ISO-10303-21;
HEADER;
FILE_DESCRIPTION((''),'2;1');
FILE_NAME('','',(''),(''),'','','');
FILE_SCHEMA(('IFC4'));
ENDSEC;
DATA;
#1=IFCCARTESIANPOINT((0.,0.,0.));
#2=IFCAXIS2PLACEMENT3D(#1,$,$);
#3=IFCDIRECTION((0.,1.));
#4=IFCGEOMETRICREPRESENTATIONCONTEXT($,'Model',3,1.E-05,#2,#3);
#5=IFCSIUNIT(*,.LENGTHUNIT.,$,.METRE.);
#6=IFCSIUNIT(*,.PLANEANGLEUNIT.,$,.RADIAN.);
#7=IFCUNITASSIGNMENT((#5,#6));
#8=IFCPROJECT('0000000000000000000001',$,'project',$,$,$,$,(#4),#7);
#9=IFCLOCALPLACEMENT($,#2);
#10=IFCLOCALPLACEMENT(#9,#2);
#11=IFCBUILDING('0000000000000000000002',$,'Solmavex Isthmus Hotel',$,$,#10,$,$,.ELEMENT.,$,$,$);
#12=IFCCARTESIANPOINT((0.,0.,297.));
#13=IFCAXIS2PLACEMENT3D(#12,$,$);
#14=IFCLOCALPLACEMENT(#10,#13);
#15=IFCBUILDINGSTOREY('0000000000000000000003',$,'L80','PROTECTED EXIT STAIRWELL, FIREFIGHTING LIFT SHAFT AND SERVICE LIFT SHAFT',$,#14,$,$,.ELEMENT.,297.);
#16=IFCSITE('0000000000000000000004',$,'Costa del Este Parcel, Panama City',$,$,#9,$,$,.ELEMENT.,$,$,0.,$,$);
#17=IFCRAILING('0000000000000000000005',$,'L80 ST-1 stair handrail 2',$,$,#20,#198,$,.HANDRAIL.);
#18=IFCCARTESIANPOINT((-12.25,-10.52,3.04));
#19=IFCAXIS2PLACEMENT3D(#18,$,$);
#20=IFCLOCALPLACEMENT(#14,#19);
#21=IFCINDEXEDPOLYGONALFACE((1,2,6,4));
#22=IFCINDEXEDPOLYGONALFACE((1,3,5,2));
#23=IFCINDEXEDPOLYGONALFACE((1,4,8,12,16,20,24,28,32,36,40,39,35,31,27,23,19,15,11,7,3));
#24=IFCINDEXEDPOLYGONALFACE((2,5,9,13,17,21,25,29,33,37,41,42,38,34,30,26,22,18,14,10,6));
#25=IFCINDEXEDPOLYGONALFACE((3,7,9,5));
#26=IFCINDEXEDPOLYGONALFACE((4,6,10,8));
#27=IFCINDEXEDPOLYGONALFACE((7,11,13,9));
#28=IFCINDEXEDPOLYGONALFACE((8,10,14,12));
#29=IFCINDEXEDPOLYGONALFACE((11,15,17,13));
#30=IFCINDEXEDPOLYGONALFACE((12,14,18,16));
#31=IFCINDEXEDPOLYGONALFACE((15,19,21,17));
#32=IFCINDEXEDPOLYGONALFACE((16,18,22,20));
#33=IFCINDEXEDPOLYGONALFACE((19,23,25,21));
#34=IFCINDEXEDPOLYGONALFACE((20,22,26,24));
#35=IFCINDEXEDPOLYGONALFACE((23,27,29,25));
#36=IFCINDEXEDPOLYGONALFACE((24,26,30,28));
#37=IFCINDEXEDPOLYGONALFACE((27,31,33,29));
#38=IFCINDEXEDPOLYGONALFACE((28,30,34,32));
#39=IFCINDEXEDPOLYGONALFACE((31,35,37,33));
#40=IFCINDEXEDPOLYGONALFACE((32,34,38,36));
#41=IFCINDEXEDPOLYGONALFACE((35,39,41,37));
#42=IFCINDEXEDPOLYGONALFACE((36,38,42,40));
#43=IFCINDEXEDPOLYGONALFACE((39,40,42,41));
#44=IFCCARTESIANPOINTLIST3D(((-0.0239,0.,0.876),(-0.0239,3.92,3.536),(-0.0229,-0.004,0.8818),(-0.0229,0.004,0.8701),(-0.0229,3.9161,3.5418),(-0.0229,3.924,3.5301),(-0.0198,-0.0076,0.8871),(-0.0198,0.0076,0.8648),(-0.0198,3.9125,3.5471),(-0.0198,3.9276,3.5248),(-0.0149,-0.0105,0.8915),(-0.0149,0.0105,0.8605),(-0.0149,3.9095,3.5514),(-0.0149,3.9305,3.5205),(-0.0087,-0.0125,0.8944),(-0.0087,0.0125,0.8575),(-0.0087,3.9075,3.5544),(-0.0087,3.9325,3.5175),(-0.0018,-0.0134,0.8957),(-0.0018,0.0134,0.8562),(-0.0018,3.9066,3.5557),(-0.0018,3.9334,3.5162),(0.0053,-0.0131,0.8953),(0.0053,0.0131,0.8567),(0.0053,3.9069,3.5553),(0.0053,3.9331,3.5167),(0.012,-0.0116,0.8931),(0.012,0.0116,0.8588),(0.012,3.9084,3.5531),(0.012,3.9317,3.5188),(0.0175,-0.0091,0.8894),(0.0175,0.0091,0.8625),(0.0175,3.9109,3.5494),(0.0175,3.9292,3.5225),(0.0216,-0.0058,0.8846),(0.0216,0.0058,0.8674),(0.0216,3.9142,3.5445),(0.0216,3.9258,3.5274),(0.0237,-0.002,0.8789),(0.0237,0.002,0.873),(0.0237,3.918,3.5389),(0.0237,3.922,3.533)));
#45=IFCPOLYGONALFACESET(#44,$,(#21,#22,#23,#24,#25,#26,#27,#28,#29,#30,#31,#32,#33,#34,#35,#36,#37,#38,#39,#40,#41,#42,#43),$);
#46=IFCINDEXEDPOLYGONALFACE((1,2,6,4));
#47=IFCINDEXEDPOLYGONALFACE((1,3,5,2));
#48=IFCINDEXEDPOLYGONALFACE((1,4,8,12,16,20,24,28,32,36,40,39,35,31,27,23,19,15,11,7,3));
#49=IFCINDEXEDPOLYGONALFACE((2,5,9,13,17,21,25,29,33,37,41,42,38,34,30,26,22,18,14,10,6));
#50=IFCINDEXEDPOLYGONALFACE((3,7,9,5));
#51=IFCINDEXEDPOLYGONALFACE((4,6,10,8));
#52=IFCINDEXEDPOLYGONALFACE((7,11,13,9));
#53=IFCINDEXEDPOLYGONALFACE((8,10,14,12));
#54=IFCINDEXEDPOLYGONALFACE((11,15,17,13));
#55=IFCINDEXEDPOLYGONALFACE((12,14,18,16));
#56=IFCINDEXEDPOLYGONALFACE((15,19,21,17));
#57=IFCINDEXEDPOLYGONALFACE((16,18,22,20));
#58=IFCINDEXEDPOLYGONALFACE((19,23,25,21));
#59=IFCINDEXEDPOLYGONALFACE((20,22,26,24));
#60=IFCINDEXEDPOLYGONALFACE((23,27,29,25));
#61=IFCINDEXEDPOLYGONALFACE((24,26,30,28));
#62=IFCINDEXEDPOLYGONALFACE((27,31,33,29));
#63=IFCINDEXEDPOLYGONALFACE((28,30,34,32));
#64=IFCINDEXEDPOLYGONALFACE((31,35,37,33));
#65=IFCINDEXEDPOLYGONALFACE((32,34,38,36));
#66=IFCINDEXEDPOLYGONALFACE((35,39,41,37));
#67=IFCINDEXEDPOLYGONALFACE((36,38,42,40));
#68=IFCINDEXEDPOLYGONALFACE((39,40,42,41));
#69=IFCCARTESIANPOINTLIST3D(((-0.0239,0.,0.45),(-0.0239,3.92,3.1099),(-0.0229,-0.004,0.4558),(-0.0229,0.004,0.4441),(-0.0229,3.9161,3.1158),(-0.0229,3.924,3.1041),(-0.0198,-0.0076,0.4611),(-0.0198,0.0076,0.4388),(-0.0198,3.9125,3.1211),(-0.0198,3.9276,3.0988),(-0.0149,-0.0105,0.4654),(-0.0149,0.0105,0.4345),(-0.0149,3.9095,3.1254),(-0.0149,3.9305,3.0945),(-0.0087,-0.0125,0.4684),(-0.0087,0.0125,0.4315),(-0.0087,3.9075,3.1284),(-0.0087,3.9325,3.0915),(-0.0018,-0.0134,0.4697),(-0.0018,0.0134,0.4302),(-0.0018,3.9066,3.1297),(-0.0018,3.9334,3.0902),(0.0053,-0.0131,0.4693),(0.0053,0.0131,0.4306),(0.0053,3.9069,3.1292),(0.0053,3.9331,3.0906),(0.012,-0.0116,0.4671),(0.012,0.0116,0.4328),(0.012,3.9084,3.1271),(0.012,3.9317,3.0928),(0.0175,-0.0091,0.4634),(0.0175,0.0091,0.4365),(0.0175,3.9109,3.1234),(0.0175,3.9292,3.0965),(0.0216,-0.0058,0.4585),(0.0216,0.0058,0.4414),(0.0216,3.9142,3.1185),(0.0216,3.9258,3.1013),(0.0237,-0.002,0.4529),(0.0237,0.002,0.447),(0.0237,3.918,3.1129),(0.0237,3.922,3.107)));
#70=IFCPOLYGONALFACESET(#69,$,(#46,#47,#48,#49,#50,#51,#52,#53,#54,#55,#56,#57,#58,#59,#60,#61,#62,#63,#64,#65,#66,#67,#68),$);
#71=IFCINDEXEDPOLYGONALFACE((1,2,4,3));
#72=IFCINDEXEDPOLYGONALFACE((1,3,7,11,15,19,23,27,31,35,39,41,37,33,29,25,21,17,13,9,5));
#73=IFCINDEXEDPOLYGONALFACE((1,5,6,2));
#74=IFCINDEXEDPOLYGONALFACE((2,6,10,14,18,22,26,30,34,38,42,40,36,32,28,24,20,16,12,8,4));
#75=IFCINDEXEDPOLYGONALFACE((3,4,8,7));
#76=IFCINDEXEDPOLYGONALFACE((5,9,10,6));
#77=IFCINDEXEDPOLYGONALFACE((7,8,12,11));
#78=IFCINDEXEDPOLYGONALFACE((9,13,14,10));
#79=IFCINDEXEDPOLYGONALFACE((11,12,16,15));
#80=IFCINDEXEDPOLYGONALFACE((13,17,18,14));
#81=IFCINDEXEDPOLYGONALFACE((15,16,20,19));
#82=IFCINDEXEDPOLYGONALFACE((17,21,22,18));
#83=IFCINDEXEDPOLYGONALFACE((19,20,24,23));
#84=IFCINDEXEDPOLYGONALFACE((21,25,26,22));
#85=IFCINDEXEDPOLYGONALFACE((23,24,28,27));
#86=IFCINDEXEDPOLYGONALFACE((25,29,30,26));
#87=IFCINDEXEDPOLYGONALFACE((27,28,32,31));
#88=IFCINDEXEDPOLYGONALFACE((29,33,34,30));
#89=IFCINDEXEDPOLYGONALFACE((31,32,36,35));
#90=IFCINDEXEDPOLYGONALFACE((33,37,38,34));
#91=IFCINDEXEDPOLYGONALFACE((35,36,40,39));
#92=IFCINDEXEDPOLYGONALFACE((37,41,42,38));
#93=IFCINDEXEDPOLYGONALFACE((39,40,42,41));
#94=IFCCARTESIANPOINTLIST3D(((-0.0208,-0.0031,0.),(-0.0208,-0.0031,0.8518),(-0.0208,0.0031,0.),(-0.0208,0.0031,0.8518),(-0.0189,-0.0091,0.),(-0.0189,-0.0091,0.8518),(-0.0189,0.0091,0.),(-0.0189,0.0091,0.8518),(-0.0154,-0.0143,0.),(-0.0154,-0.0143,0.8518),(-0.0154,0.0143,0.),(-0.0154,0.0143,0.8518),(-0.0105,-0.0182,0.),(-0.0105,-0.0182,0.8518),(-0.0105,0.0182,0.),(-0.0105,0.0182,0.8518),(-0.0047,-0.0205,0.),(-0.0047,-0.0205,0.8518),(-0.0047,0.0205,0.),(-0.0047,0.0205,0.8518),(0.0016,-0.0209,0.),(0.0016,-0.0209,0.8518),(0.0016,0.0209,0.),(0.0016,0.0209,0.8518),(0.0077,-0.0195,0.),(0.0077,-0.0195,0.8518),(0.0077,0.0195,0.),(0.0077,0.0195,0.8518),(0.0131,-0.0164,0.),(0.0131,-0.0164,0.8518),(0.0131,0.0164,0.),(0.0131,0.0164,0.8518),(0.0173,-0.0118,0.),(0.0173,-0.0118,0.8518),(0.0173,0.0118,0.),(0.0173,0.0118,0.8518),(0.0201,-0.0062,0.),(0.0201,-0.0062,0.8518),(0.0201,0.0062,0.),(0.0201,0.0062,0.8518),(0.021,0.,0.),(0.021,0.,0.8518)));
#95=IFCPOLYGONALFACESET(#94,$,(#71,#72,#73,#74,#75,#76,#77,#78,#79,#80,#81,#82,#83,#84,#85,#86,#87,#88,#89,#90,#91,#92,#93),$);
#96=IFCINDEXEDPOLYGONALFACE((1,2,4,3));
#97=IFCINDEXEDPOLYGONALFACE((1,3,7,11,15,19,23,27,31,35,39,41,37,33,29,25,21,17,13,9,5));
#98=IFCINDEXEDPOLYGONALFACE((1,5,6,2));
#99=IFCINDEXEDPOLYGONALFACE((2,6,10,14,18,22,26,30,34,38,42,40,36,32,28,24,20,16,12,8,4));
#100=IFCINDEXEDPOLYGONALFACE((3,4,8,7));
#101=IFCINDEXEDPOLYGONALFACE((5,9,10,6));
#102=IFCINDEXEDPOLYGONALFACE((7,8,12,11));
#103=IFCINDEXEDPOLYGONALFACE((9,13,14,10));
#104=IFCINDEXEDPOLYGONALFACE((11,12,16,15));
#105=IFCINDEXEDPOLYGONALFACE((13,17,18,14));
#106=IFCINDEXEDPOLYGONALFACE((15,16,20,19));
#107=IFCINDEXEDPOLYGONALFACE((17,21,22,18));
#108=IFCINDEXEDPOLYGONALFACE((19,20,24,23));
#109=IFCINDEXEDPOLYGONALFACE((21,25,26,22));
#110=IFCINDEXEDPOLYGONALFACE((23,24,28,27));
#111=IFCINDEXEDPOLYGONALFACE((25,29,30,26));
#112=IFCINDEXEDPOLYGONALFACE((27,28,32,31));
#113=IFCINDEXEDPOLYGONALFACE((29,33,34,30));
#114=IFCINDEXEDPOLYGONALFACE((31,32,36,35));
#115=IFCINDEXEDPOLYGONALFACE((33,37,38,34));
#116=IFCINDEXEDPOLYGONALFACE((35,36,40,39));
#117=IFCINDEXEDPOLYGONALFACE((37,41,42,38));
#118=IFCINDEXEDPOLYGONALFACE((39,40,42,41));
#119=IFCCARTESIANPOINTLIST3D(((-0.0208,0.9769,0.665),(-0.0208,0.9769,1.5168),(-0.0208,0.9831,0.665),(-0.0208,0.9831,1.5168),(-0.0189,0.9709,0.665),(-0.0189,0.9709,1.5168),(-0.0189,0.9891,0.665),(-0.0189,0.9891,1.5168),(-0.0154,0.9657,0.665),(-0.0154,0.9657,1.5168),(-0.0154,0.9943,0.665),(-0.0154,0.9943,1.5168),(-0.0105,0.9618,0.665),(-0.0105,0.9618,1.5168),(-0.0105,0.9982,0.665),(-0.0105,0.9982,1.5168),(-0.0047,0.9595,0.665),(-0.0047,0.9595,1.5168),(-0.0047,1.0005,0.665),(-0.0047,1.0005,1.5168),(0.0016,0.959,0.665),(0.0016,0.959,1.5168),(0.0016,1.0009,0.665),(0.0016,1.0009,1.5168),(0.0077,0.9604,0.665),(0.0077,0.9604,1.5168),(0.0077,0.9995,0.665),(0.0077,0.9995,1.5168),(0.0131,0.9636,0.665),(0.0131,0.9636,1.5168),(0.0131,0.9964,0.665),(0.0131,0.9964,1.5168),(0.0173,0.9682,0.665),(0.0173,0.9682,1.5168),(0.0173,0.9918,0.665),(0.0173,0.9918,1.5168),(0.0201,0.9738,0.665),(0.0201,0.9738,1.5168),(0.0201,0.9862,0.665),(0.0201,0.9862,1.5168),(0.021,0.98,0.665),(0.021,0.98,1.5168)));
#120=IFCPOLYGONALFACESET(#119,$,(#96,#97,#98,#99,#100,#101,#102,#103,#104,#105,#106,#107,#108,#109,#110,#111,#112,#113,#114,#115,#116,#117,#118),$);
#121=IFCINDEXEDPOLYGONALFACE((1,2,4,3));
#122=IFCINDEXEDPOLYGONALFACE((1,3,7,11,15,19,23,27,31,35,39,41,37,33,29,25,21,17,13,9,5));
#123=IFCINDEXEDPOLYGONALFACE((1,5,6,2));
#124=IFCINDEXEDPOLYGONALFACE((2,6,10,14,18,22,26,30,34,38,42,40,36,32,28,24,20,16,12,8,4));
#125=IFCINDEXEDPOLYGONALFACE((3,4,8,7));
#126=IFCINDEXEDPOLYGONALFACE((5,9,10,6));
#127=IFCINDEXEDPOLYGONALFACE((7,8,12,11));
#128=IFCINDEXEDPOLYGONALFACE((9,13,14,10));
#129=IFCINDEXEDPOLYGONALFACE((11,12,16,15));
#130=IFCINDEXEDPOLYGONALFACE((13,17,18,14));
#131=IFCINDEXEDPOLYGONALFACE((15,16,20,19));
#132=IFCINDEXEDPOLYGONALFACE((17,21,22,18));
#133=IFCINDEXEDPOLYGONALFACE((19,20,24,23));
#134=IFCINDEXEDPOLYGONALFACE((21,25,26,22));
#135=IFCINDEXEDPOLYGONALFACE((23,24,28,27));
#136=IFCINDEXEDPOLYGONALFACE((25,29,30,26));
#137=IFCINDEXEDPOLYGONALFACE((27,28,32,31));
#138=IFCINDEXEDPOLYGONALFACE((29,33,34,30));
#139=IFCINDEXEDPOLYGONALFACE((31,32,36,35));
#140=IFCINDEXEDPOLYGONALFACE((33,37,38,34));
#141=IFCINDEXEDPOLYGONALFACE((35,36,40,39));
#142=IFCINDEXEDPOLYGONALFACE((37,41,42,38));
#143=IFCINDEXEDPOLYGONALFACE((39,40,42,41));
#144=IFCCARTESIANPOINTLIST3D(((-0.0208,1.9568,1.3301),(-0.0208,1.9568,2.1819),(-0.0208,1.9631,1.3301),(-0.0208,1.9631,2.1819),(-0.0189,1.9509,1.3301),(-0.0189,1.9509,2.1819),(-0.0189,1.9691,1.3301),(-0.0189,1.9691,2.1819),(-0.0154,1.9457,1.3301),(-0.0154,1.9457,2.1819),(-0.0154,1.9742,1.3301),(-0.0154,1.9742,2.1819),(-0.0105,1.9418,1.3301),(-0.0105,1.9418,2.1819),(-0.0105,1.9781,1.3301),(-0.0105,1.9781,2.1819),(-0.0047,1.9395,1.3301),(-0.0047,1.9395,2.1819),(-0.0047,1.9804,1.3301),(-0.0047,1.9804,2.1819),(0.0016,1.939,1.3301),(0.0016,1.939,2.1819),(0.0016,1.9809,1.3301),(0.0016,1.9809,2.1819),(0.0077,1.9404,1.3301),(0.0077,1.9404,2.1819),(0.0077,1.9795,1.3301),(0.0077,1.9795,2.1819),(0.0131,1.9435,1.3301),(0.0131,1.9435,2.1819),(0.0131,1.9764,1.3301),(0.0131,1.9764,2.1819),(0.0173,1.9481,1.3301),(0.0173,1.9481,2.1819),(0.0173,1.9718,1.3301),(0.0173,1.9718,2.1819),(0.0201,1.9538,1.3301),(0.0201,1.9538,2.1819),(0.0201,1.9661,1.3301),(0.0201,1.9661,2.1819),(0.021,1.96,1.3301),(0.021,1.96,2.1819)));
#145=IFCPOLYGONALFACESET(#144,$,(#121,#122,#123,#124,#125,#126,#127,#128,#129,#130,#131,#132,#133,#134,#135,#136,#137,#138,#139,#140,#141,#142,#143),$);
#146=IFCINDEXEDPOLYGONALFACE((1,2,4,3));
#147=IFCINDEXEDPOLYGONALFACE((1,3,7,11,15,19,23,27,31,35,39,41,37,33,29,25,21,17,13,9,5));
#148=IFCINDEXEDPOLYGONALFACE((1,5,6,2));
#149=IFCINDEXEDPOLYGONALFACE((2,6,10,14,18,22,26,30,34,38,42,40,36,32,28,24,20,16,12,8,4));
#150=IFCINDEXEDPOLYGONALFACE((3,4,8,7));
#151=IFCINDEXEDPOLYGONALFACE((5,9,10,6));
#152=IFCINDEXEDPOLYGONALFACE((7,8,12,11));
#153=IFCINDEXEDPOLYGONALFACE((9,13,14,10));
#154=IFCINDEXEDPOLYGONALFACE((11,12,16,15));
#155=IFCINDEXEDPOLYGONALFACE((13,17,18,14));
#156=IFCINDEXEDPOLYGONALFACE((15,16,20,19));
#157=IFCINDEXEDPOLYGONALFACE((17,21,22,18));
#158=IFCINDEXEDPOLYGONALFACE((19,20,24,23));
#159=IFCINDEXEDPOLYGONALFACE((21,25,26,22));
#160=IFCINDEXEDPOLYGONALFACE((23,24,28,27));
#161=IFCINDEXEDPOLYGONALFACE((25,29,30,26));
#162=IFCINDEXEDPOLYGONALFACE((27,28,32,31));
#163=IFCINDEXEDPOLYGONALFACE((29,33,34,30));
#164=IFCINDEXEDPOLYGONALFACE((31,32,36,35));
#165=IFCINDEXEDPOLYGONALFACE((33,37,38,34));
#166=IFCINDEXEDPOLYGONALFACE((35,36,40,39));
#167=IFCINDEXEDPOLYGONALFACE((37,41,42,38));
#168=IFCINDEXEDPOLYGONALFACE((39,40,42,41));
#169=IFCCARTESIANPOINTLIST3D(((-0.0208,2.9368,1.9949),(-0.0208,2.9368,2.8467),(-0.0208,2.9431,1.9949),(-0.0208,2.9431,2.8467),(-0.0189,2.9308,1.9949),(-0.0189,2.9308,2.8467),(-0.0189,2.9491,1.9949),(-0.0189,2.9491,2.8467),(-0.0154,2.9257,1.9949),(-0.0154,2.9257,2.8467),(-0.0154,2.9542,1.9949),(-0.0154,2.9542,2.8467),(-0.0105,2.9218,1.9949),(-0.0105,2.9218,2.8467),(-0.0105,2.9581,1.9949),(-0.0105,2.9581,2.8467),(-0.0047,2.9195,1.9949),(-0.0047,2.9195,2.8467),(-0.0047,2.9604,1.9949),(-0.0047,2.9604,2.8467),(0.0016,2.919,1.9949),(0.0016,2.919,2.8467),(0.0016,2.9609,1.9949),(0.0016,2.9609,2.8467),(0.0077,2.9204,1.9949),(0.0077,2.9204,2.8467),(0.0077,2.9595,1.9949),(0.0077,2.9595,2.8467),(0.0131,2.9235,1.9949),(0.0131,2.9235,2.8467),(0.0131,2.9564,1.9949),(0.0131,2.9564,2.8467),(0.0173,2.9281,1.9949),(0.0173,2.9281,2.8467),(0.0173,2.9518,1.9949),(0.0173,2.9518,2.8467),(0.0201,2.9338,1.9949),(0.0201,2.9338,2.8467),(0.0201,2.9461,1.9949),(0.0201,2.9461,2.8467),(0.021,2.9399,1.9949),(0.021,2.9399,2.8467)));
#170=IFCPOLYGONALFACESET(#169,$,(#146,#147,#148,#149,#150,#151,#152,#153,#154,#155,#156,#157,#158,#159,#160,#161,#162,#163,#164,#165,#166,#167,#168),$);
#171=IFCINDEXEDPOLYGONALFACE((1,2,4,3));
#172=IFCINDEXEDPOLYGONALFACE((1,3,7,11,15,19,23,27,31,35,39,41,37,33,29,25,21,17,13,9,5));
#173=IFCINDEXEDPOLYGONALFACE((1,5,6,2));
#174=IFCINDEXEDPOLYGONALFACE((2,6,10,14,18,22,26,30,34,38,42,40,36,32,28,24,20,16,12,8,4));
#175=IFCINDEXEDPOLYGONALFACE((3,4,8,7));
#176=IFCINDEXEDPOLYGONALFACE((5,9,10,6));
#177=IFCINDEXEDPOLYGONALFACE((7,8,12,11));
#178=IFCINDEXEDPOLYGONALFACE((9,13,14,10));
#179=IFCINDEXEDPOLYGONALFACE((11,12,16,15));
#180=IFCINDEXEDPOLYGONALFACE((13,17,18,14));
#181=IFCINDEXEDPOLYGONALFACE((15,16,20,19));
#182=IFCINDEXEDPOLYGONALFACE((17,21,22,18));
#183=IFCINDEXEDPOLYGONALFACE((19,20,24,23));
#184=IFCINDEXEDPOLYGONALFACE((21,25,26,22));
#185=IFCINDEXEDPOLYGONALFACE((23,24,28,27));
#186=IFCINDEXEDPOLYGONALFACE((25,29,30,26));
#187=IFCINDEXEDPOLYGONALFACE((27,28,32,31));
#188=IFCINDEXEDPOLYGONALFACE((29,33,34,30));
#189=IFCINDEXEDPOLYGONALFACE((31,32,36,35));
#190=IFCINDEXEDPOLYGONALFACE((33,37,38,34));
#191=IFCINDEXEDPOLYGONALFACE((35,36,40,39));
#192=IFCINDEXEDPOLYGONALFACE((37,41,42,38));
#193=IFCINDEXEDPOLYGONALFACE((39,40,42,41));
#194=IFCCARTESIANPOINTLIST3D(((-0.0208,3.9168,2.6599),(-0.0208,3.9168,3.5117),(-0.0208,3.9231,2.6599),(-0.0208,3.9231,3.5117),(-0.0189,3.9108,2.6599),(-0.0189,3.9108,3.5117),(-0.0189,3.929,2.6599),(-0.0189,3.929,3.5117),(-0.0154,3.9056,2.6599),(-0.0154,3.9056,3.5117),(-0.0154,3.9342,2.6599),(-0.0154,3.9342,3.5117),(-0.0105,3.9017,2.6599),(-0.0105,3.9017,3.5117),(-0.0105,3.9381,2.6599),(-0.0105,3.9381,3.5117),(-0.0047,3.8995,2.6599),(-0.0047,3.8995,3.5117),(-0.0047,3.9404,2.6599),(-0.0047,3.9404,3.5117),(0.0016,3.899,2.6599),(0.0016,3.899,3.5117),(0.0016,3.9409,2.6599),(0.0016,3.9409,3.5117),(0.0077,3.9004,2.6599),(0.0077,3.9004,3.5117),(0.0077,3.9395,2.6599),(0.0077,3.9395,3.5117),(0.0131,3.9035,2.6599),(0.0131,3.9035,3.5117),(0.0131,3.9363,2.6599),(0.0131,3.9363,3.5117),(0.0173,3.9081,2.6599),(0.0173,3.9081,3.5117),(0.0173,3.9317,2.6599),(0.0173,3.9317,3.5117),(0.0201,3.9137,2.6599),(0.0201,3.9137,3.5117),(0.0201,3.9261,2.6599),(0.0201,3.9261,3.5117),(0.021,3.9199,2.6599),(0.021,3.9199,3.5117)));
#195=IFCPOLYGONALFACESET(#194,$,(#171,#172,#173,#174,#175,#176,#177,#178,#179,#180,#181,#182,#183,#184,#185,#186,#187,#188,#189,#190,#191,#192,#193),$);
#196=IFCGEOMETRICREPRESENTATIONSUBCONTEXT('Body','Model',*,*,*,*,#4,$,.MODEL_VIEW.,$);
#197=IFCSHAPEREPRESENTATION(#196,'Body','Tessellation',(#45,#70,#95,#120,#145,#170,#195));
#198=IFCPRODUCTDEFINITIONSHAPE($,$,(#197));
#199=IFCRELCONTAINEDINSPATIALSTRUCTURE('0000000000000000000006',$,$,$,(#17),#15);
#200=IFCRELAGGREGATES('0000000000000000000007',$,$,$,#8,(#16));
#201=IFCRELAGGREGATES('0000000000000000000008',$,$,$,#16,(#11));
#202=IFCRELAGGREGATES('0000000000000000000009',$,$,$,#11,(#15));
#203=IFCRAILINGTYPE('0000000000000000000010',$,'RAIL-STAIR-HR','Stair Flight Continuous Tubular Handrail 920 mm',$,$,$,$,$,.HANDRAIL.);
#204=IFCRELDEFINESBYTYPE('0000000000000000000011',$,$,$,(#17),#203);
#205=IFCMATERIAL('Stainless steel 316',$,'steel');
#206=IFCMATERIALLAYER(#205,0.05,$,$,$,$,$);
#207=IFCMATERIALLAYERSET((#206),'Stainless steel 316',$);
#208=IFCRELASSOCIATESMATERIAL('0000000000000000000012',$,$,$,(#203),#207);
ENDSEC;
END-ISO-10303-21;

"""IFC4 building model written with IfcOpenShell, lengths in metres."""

from ifc_helpers import new_model, si_unit, direction, frame, origin, origin_2d, place, context, subcontext, project, spatial, circle, extrude, material, layer, layer_set, type_object, element, save


model = new_model("IFC4")

# Units and contexts
model_context = context("Model", 3, precision=1e-05, world=origin(), true_north=direction((0.0, 1.0)))
body_context = subcontext(model_context, "Body", "Model", "MODEL_VIEW")
ifc_project = project(units=[si_unit("LENGTHUNIT", "METRE"), si_unit("PLANEANGLEUNIT", "RADIAN")], contexts=[model_context])

# Site, building, storey
site_placement = place(None, origin())
site = spatial("IfcSite", under=ifc_project, at=site_placement, Name="Costa del Este Parcel, Panama City", CompositionType="ELEMENT", RefElevation=0.0)
building_placement = place(site_placement, origin())
building = spatial("IfcBuilding", under=site, at=building_placement, Name="Solmavex Isthmus Hotel", CompositionType="ELEMENT")
storey_placement = place(building_placement, frame((0.0, 0.0, 297.0)))
storey = spatial("IfcBuildingStorey", under=building, at=storey_placement, Name="L80", Description="PROTECTED EXIT STAIRWELL, FIREFIGHTING LIFT SHAFT AND SERVICE LIFT SHAFT", CompositionType="ELEMENT", Elevation=297.0)

# Shared definitions
ifc_material_1 = material(Name="Stainless steel 316", Category="steel")

# Railing
ifc_layer_1 = layer(ifc_material_1, 0.05)
ifc_layer_set_1 = layer_set([ifc_layer_1], Name="Stainless steel 316")
railing_type_1 = type_object("IfcRailingType", Name="RAIL-STAIR-HR", Description="Stair Flight Continuous Tubular Handrail 920 mm", PredefinedType="HANDRAIL", material=ifc_layer_set_1)
railing_1_placement = place(storey_placement, frame((-12.25, -10.52, 3.04)))
element("IfcRailing", 1, at=railing_1_placement, inside=storey, type_object=railing_type_1, Name="L80 ST-1 stair handrail 2", PredefinedType="HANDRAIL", context=body_context, shape_type="SweptSolid", body=[
    extrude(circle(Radius=0.0239, at=origin_2d()), frame((0.0, 0.0, 0.876), z_axis=(0.0, 0.827479, 0.561496), x_axis=(-1.0, 0.0, 0.0)), (0.0, 0.0, 1.0), 4.7373),
    extrude(circle(Radius=0.0239, at=origin_2d()), frame((0.0, 0.0, 0.45), z_axis=(0.0, 0.827479, 0.561496), x_axis=(-1.0, 0.0, 0.0)), (0.0, 0.0, 1.0), 4.7373),
    extrude(circle(Radius=0.021, at=origin_2d()), origin(), (0.0, 0.0, 1.0), 0.8518),
    extrude(circle(Radius=0.021, at=origin_2d()), frame((0.0, 0.98, 0.665)), (0.0, 0.0, 1.0), 0.8518),
    extrude(circle(Radius=0.021, at=origin_2d()), frame((0.0, 1.96, 1.3301)), (0.0, 0.0, 1.0), 0.8518),
    extrude(circle(Radius=0.021, at=origin_2d()), frame((0.0, 2.9399, 1.9949)), (0.0, 0.0, 1.0), 0.8518),
    extrude(circle(Radius=0.021, at=origin_2d()), frame((0.0, 3.9199, 2.6599)), (0.0, 0.0, 1.0), 0.8518),
])

save(model, "model.ifc")
